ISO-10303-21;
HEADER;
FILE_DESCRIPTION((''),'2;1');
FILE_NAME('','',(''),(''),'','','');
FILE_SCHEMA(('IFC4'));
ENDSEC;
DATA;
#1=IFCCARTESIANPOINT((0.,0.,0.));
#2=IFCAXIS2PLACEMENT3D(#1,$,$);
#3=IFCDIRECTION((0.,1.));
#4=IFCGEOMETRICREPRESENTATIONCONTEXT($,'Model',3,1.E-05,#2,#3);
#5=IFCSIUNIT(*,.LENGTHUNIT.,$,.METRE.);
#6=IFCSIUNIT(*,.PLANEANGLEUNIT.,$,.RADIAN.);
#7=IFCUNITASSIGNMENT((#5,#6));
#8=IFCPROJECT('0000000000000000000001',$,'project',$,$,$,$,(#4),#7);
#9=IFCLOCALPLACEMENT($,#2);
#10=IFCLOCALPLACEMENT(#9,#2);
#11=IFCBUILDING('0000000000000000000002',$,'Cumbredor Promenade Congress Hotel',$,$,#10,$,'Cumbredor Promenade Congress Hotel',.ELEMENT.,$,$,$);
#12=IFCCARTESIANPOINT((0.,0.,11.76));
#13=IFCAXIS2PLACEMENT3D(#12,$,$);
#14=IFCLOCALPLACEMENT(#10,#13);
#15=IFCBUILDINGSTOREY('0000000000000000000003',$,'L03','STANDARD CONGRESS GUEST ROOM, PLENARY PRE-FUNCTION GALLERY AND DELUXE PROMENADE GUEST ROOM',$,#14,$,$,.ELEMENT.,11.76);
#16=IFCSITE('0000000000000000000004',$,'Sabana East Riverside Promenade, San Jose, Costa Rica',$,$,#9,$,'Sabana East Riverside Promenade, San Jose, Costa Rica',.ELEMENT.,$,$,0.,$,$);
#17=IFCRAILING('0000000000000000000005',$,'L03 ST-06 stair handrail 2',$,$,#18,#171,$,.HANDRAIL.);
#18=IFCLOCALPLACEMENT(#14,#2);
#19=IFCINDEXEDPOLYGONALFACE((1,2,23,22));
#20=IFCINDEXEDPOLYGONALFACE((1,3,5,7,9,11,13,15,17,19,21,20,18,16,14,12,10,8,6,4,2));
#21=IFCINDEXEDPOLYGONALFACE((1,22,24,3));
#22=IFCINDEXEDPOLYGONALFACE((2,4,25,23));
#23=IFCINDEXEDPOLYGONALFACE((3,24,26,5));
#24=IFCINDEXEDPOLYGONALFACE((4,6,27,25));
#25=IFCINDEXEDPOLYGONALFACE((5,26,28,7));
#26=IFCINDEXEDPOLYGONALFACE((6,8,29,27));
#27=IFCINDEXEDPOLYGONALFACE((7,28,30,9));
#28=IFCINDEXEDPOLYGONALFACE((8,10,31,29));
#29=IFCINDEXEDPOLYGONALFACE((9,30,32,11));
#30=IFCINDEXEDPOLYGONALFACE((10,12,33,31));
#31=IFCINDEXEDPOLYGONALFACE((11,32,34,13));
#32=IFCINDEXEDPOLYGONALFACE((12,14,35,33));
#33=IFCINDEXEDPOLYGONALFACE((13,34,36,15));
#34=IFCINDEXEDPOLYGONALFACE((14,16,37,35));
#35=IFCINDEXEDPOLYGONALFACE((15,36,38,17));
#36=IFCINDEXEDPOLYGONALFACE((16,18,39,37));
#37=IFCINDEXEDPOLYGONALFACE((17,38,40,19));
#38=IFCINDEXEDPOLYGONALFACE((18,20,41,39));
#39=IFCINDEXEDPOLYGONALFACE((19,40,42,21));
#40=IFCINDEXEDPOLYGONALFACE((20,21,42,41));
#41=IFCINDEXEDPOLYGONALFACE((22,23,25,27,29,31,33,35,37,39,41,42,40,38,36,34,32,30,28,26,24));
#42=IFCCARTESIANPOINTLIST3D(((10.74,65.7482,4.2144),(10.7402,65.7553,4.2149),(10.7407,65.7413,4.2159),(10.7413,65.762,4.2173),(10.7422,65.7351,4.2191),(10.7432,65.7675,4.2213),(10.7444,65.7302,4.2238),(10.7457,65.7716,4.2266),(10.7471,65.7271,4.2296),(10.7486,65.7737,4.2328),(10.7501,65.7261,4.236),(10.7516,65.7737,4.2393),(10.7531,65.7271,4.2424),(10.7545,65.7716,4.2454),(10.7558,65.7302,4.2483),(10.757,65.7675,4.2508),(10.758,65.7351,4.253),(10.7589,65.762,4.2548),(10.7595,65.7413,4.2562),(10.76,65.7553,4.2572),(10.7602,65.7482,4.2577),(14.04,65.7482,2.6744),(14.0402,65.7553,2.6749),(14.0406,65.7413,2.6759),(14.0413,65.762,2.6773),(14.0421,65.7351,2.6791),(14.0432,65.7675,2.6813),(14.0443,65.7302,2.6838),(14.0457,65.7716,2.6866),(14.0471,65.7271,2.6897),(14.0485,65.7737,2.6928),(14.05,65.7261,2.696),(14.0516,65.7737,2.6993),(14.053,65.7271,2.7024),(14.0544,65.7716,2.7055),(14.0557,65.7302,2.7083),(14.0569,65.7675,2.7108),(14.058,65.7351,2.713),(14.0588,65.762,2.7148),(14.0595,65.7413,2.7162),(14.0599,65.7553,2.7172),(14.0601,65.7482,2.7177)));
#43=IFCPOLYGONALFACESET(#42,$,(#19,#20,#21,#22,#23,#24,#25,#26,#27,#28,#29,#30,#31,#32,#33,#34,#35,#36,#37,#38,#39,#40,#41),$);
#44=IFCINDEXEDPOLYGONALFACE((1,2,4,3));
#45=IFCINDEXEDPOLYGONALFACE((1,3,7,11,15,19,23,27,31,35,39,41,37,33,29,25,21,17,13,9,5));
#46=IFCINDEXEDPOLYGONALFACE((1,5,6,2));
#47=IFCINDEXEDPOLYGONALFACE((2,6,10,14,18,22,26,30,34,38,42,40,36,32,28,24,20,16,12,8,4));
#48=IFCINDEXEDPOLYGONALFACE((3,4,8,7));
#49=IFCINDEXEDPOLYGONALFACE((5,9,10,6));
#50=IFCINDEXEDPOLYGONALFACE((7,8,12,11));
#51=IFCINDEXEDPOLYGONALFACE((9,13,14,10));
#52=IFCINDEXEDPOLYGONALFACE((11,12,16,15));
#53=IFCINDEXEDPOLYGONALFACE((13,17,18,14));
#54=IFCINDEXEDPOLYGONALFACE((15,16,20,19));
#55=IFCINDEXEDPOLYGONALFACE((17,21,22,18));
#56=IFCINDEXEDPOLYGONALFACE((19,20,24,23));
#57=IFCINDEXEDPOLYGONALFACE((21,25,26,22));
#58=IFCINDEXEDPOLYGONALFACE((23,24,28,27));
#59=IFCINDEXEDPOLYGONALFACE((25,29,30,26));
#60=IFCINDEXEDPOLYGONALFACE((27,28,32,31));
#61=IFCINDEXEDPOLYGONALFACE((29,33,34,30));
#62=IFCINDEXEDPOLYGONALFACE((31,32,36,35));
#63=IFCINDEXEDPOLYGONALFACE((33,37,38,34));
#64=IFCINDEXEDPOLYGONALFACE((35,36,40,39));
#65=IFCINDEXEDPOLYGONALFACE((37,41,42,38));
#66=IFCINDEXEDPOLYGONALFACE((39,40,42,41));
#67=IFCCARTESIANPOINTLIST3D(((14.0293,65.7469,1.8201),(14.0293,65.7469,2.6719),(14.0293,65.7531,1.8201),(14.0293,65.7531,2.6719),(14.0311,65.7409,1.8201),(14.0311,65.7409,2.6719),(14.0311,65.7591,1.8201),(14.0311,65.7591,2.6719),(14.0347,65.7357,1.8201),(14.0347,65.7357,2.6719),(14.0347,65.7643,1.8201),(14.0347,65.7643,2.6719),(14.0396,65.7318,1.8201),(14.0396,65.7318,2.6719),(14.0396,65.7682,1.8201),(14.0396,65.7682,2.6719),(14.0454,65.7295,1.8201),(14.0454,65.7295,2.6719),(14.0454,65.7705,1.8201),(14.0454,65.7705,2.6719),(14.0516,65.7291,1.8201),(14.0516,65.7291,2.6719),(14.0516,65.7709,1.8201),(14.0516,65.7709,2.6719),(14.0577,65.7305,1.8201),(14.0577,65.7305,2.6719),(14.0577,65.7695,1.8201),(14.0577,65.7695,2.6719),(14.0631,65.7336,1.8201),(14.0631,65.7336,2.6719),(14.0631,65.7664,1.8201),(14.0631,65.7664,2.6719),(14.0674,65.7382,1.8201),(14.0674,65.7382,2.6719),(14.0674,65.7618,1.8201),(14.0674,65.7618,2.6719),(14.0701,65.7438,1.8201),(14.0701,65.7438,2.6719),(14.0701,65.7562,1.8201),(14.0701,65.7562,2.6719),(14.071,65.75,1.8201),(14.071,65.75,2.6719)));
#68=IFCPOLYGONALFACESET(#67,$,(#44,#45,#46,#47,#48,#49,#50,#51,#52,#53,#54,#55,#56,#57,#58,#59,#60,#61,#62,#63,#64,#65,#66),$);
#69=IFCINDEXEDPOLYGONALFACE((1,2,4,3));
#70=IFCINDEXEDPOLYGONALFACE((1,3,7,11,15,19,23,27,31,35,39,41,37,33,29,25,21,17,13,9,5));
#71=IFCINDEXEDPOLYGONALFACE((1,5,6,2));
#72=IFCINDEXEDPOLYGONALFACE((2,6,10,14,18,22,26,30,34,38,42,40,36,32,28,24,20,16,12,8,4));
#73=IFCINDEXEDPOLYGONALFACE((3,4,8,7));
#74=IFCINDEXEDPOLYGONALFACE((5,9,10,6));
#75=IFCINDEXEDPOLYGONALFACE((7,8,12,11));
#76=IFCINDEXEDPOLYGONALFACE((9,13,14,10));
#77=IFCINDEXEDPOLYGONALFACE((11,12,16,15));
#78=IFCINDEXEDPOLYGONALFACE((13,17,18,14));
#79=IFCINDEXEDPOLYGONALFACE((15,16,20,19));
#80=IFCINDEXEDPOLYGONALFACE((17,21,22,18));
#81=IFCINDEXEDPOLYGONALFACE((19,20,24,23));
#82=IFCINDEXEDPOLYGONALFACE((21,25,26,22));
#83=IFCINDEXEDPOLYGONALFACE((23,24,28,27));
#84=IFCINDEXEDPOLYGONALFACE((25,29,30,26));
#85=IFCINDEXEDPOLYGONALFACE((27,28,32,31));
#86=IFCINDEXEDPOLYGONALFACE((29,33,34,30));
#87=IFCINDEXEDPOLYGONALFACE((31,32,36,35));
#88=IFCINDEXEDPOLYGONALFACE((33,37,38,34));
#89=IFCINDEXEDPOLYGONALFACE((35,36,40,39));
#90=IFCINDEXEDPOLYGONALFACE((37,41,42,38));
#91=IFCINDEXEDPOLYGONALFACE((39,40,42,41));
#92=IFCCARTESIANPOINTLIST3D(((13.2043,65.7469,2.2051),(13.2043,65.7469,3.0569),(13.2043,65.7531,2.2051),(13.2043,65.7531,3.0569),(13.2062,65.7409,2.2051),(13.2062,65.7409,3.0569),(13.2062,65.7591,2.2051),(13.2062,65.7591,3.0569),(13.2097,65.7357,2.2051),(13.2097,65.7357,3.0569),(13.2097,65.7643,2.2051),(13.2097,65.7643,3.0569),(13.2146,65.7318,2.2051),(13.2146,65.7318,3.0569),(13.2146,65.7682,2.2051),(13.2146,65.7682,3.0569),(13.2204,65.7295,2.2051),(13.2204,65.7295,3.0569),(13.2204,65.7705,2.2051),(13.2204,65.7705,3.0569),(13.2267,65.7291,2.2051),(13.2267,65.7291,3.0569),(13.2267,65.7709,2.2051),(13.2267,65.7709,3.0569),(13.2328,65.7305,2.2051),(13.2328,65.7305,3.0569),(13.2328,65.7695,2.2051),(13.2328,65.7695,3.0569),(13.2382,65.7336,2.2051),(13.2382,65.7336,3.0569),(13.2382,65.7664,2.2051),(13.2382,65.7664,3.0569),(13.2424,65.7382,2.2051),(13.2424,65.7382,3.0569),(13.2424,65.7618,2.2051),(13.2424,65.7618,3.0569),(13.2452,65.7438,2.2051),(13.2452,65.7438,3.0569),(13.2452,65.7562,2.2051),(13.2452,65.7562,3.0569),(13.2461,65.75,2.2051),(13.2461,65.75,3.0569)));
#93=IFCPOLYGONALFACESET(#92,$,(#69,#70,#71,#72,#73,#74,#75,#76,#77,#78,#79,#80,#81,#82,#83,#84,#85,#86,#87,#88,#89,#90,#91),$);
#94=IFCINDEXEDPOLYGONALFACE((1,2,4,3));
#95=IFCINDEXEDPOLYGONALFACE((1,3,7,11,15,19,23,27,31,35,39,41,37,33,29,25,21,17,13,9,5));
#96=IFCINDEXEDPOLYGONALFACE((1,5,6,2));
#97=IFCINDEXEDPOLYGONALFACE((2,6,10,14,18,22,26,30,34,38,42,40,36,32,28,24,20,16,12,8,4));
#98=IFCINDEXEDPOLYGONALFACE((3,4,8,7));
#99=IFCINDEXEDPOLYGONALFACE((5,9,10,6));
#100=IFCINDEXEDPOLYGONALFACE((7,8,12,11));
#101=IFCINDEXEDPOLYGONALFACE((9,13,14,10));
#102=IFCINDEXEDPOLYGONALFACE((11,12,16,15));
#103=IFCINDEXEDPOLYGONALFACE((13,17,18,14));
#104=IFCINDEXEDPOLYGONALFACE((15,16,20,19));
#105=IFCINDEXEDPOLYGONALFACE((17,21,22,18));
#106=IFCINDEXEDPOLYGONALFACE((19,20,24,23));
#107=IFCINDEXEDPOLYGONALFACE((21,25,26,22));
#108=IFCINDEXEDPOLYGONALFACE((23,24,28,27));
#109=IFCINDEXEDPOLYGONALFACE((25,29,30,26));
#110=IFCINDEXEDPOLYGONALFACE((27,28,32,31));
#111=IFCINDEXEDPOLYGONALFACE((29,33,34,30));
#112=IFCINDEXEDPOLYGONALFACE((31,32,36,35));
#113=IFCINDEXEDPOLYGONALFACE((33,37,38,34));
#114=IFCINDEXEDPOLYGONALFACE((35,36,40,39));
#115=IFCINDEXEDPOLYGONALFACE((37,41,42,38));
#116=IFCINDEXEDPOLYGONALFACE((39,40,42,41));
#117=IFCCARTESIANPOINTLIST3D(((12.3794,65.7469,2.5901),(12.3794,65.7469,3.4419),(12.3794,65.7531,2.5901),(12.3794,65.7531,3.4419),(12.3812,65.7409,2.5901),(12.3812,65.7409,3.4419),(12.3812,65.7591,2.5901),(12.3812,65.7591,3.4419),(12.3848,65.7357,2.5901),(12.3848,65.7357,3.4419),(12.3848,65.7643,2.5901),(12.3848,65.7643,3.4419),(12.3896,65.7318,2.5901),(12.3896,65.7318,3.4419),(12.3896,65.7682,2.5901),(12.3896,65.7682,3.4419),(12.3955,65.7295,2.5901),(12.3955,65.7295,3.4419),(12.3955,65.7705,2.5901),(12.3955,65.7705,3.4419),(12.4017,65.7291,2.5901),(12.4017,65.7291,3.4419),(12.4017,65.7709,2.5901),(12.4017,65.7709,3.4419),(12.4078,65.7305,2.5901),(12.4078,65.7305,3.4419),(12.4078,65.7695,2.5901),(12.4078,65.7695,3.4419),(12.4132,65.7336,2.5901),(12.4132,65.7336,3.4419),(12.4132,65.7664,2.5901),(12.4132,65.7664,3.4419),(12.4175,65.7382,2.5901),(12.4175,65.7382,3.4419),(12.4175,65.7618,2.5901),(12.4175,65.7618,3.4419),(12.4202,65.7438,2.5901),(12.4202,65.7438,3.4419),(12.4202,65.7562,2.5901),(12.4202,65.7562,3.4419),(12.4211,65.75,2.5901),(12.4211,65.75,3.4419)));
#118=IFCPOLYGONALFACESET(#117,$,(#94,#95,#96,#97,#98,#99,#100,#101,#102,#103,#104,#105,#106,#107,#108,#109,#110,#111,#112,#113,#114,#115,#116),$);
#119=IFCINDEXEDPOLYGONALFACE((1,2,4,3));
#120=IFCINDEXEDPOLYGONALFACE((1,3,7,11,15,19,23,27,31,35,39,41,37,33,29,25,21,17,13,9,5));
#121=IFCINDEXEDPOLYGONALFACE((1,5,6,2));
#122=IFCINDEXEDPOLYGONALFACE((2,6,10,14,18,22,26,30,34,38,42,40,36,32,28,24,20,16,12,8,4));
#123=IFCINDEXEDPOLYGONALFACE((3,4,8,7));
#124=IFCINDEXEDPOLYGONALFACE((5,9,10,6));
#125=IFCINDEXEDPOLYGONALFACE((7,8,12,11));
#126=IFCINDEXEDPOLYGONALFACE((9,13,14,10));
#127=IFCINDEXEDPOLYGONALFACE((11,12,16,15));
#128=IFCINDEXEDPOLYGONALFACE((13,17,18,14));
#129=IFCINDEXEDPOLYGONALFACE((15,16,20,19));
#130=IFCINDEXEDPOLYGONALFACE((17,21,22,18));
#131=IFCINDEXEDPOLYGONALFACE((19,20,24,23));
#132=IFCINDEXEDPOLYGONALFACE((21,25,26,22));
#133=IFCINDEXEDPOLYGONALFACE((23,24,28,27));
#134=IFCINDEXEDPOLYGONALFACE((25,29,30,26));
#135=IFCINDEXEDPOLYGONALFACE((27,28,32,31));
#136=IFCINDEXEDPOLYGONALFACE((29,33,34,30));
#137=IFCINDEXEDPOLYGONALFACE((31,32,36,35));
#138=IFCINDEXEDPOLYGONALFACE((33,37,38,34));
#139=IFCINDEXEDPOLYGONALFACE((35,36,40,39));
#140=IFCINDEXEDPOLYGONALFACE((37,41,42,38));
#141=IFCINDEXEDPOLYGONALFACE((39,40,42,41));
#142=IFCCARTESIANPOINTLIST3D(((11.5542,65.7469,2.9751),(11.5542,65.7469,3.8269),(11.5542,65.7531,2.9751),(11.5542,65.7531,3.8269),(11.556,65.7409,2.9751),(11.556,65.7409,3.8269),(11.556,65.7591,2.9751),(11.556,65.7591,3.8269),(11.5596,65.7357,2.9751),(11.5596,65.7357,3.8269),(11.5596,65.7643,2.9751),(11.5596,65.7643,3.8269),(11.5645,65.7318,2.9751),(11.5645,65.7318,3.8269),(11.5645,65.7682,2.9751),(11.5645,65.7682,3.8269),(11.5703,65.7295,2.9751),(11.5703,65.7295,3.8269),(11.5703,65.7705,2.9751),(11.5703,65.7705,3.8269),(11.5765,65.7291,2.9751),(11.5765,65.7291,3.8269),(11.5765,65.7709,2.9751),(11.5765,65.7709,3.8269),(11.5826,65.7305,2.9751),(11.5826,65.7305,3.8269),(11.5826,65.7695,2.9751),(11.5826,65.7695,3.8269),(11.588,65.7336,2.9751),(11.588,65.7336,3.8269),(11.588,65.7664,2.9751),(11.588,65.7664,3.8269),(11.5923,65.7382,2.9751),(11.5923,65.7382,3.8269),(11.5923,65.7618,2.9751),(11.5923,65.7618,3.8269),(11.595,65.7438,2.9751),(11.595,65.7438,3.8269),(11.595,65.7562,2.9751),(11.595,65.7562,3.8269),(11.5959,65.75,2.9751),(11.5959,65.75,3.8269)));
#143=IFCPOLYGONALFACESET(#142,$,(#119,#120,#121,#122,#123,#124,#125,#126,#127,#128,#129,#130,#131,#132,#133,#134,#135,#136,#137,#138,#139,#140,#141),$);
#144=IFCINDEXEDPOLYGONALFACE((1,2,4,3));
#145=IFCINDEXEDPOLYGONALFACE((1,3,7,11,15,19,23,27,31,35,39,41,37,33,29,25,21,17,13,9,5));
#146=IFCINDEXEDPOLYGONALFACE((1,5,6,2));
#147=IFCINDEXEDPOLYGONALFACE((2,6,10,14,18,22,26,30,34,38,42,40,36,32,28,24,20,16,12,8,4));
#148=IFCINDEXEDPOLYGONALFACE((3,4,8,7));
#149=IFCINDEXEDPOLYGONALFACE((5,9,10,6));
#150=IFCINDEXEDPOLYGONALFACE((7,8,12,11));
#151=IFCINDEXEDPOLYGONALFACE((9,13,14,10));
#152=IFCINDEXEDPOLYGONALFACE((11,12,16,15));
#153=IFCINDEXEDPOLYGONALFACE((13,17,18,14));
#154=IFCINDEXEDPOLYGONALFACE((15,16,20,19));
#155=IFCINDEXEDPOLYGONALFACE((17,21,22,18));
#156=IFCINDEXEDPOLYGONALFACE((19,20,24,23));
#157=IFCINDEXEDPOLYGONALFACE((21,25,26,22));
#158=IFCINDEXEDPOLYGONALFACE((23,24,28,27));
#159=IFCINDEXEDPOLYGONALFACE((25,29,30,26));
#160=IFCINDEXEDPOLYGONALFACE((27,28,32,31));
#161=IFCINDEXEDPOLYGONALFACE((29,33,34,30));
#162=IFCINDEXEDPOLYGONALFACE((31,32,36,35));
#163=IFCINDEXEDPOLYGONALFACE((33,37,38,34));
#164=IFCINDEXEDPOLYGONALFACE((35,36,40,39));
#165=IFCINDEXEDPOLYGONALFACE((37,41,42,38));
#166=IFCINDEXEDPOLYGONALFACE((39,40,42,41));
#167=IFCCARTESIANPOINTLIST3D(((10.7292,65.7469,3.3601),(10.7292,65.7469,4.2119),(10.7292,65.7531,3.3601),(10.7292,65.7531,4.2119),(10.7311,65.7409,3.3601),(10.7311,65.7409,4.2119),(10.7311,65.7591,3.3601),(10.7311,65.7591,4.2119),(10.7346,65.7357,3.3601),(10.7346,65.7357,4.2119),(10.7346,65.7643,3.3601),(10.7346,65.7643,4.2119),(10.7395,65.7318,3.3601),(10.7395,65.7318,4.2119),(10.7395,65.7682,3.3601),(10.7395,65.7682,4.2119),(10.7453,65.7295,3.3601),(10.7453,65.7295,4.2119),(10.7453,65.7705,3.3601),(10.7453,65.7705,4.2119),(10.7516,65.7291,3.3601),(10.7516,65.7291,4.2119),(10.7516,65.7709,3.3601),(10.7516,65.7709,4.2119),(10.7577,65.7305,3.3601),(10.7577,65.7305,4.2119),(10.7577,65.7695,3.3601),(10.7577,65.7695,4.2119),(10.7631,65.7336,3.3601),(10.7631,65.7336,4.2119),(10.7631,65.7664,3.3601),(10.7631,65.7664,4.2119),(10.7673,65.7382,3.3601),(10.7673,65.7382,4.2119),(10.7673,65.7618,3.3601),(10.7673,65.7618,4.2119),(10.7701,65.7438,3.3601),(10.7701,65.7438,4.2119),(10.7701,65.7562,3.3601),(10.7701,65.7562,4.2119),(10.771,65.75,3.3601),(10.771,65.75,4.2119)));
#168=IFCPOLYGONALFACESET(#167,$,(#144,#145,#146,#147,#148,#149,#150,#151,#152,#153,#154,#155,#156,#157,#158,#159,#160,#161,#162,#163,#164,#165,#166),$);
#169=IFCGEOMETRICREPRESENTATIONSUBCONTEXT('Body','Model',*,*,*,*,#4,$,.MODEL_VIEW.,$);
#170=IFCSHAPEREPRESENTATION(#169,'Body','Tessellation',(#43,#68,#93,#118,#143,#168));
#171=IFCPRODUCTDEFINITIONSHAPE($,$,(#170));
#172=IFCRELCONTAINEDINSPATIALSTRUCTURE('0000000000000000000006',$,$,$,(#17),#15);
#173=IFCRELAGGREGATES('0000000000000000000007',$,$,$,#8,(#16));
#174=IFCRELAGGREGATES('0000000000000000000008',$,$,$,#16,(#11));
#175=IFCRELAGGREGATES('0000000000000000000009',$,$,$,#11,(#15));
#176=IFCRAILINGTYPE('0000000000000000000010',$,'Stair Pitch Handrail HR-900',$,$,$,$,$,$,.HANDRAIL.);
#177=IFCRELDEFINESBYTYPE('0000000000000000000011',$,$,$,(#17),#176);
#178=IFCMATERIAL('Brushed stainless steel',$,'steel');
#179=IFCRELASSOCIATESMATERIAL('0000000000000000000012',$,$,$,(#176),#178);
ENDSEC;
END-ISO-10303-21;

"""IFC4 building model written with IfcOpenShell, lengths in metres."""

from ifc_helpers import new_model, si_unit, direction, frame, origin, origin_2d, place, context, subcontext, project, spatial, circle, extrude, material, type_object, element, save


model = new_model("IFC4")

# Units and contexts
model_context = context("Model", 3, precision=1e-05, world=origin(), true_north=direction((0.0, 1.0)))
body_context = subcontext(model_context, "Body", "Model", "MODEL_VIEW")
ifc_project = project(units=[si_unit("LENGTHUNIT", "METRE"), si_unit("PLANEANGLEUNIT", "RADIAN")], contexts=[model_context])

# Site, building, storey
site_placement = place(None, origin())
site = spatial("IfcSite", under=ifc_project, at=site_placement, Name="Sabana East Riverside Promenade, San Jose, Costa Rica", LongName="Sabana East Riverside Promenade, San Jose, Costa Rica", CompositionType="ELEMENT", RefElevation=0.0)
building_placement = place(site_placement, origin())
building = spatial("IfcBuilding", under=site, at=building_placement, Name="Cumbredor Promenade Congress Hotel", LongName="Cumbredor Promenade Congress Hotel", CompositionType="ELEMENT")
storey_placement = place(building_placement, frame((0.0, 0.0, 11.76)))
storey = spatial("IfcBuildingStorey", under=building, at=storey_placement, Name="L03", Description="STANDARD CONGRESS GUEST ROOM, PLENARY PRE-FUNCTION GALLERY AND DELUXE PROMENADE GUEST ROOM", CompositionType="ELEMENT", Elevation=11.76)

# Railing
ifc_material_1 = material(Name="Brushed stainless steel", Category="steel")
railing_type_1 = type_object("IfcRailingType", Name="Stair Pitch Handrail HR-900", PredefinedType="HANDRAIL", material=ifc_material_1)
railing_1_placement = place(storey_placement, frame((14.05, 65.75, 1.8201)))
element("IfcRailing", 1, at=railing_1_placement, inside=storey, type_object=railing_type_1, Name="L03 ST-06 stair handrail 2", PredefinedType="HANDRAIL", context=body_context, shape_type="SweptSolid", body=[
    extrude(circle(Radius=0.0239, at=origin_2d()), frame((0.0, 0.0, 0.876), z_axis=(-0.906181, 0.0, 0.422889), x_axis=(0.0, -1.0, 0.0)), (0.0, 0.0, 1.0), 3.6416),
    extrude(circle(Radius=0.021, at=origin_2d()), origin(), (0.0, 0.0, 1.0), 0.8518),
    extrude(circle(Radius=0.021, at=origin_2d()), frame((-0.825, 0.0, 0.385)), (0.0, 0.0, 1.0), 0.8518),
    extrude(circle(Radius=0.021, at=origin_2d()), frame((-1.6499, 0.0, 0.77)), (0.0, 0.0, 1.0), 0.8518),
    extrude(circle(Radius=0.021, at=origin_2d()), frame((-2.4751, 0.0, 1.155)), (0.0, 0.0, 1.0), 0.8518),
    extrude(circle(Radius=0.021, at=origin_2d()), frame((-3.3, 0.0, 1.54)), (0.0, 0.0, 1.0), 0.8518),
])

save(model, "model.ifc")
